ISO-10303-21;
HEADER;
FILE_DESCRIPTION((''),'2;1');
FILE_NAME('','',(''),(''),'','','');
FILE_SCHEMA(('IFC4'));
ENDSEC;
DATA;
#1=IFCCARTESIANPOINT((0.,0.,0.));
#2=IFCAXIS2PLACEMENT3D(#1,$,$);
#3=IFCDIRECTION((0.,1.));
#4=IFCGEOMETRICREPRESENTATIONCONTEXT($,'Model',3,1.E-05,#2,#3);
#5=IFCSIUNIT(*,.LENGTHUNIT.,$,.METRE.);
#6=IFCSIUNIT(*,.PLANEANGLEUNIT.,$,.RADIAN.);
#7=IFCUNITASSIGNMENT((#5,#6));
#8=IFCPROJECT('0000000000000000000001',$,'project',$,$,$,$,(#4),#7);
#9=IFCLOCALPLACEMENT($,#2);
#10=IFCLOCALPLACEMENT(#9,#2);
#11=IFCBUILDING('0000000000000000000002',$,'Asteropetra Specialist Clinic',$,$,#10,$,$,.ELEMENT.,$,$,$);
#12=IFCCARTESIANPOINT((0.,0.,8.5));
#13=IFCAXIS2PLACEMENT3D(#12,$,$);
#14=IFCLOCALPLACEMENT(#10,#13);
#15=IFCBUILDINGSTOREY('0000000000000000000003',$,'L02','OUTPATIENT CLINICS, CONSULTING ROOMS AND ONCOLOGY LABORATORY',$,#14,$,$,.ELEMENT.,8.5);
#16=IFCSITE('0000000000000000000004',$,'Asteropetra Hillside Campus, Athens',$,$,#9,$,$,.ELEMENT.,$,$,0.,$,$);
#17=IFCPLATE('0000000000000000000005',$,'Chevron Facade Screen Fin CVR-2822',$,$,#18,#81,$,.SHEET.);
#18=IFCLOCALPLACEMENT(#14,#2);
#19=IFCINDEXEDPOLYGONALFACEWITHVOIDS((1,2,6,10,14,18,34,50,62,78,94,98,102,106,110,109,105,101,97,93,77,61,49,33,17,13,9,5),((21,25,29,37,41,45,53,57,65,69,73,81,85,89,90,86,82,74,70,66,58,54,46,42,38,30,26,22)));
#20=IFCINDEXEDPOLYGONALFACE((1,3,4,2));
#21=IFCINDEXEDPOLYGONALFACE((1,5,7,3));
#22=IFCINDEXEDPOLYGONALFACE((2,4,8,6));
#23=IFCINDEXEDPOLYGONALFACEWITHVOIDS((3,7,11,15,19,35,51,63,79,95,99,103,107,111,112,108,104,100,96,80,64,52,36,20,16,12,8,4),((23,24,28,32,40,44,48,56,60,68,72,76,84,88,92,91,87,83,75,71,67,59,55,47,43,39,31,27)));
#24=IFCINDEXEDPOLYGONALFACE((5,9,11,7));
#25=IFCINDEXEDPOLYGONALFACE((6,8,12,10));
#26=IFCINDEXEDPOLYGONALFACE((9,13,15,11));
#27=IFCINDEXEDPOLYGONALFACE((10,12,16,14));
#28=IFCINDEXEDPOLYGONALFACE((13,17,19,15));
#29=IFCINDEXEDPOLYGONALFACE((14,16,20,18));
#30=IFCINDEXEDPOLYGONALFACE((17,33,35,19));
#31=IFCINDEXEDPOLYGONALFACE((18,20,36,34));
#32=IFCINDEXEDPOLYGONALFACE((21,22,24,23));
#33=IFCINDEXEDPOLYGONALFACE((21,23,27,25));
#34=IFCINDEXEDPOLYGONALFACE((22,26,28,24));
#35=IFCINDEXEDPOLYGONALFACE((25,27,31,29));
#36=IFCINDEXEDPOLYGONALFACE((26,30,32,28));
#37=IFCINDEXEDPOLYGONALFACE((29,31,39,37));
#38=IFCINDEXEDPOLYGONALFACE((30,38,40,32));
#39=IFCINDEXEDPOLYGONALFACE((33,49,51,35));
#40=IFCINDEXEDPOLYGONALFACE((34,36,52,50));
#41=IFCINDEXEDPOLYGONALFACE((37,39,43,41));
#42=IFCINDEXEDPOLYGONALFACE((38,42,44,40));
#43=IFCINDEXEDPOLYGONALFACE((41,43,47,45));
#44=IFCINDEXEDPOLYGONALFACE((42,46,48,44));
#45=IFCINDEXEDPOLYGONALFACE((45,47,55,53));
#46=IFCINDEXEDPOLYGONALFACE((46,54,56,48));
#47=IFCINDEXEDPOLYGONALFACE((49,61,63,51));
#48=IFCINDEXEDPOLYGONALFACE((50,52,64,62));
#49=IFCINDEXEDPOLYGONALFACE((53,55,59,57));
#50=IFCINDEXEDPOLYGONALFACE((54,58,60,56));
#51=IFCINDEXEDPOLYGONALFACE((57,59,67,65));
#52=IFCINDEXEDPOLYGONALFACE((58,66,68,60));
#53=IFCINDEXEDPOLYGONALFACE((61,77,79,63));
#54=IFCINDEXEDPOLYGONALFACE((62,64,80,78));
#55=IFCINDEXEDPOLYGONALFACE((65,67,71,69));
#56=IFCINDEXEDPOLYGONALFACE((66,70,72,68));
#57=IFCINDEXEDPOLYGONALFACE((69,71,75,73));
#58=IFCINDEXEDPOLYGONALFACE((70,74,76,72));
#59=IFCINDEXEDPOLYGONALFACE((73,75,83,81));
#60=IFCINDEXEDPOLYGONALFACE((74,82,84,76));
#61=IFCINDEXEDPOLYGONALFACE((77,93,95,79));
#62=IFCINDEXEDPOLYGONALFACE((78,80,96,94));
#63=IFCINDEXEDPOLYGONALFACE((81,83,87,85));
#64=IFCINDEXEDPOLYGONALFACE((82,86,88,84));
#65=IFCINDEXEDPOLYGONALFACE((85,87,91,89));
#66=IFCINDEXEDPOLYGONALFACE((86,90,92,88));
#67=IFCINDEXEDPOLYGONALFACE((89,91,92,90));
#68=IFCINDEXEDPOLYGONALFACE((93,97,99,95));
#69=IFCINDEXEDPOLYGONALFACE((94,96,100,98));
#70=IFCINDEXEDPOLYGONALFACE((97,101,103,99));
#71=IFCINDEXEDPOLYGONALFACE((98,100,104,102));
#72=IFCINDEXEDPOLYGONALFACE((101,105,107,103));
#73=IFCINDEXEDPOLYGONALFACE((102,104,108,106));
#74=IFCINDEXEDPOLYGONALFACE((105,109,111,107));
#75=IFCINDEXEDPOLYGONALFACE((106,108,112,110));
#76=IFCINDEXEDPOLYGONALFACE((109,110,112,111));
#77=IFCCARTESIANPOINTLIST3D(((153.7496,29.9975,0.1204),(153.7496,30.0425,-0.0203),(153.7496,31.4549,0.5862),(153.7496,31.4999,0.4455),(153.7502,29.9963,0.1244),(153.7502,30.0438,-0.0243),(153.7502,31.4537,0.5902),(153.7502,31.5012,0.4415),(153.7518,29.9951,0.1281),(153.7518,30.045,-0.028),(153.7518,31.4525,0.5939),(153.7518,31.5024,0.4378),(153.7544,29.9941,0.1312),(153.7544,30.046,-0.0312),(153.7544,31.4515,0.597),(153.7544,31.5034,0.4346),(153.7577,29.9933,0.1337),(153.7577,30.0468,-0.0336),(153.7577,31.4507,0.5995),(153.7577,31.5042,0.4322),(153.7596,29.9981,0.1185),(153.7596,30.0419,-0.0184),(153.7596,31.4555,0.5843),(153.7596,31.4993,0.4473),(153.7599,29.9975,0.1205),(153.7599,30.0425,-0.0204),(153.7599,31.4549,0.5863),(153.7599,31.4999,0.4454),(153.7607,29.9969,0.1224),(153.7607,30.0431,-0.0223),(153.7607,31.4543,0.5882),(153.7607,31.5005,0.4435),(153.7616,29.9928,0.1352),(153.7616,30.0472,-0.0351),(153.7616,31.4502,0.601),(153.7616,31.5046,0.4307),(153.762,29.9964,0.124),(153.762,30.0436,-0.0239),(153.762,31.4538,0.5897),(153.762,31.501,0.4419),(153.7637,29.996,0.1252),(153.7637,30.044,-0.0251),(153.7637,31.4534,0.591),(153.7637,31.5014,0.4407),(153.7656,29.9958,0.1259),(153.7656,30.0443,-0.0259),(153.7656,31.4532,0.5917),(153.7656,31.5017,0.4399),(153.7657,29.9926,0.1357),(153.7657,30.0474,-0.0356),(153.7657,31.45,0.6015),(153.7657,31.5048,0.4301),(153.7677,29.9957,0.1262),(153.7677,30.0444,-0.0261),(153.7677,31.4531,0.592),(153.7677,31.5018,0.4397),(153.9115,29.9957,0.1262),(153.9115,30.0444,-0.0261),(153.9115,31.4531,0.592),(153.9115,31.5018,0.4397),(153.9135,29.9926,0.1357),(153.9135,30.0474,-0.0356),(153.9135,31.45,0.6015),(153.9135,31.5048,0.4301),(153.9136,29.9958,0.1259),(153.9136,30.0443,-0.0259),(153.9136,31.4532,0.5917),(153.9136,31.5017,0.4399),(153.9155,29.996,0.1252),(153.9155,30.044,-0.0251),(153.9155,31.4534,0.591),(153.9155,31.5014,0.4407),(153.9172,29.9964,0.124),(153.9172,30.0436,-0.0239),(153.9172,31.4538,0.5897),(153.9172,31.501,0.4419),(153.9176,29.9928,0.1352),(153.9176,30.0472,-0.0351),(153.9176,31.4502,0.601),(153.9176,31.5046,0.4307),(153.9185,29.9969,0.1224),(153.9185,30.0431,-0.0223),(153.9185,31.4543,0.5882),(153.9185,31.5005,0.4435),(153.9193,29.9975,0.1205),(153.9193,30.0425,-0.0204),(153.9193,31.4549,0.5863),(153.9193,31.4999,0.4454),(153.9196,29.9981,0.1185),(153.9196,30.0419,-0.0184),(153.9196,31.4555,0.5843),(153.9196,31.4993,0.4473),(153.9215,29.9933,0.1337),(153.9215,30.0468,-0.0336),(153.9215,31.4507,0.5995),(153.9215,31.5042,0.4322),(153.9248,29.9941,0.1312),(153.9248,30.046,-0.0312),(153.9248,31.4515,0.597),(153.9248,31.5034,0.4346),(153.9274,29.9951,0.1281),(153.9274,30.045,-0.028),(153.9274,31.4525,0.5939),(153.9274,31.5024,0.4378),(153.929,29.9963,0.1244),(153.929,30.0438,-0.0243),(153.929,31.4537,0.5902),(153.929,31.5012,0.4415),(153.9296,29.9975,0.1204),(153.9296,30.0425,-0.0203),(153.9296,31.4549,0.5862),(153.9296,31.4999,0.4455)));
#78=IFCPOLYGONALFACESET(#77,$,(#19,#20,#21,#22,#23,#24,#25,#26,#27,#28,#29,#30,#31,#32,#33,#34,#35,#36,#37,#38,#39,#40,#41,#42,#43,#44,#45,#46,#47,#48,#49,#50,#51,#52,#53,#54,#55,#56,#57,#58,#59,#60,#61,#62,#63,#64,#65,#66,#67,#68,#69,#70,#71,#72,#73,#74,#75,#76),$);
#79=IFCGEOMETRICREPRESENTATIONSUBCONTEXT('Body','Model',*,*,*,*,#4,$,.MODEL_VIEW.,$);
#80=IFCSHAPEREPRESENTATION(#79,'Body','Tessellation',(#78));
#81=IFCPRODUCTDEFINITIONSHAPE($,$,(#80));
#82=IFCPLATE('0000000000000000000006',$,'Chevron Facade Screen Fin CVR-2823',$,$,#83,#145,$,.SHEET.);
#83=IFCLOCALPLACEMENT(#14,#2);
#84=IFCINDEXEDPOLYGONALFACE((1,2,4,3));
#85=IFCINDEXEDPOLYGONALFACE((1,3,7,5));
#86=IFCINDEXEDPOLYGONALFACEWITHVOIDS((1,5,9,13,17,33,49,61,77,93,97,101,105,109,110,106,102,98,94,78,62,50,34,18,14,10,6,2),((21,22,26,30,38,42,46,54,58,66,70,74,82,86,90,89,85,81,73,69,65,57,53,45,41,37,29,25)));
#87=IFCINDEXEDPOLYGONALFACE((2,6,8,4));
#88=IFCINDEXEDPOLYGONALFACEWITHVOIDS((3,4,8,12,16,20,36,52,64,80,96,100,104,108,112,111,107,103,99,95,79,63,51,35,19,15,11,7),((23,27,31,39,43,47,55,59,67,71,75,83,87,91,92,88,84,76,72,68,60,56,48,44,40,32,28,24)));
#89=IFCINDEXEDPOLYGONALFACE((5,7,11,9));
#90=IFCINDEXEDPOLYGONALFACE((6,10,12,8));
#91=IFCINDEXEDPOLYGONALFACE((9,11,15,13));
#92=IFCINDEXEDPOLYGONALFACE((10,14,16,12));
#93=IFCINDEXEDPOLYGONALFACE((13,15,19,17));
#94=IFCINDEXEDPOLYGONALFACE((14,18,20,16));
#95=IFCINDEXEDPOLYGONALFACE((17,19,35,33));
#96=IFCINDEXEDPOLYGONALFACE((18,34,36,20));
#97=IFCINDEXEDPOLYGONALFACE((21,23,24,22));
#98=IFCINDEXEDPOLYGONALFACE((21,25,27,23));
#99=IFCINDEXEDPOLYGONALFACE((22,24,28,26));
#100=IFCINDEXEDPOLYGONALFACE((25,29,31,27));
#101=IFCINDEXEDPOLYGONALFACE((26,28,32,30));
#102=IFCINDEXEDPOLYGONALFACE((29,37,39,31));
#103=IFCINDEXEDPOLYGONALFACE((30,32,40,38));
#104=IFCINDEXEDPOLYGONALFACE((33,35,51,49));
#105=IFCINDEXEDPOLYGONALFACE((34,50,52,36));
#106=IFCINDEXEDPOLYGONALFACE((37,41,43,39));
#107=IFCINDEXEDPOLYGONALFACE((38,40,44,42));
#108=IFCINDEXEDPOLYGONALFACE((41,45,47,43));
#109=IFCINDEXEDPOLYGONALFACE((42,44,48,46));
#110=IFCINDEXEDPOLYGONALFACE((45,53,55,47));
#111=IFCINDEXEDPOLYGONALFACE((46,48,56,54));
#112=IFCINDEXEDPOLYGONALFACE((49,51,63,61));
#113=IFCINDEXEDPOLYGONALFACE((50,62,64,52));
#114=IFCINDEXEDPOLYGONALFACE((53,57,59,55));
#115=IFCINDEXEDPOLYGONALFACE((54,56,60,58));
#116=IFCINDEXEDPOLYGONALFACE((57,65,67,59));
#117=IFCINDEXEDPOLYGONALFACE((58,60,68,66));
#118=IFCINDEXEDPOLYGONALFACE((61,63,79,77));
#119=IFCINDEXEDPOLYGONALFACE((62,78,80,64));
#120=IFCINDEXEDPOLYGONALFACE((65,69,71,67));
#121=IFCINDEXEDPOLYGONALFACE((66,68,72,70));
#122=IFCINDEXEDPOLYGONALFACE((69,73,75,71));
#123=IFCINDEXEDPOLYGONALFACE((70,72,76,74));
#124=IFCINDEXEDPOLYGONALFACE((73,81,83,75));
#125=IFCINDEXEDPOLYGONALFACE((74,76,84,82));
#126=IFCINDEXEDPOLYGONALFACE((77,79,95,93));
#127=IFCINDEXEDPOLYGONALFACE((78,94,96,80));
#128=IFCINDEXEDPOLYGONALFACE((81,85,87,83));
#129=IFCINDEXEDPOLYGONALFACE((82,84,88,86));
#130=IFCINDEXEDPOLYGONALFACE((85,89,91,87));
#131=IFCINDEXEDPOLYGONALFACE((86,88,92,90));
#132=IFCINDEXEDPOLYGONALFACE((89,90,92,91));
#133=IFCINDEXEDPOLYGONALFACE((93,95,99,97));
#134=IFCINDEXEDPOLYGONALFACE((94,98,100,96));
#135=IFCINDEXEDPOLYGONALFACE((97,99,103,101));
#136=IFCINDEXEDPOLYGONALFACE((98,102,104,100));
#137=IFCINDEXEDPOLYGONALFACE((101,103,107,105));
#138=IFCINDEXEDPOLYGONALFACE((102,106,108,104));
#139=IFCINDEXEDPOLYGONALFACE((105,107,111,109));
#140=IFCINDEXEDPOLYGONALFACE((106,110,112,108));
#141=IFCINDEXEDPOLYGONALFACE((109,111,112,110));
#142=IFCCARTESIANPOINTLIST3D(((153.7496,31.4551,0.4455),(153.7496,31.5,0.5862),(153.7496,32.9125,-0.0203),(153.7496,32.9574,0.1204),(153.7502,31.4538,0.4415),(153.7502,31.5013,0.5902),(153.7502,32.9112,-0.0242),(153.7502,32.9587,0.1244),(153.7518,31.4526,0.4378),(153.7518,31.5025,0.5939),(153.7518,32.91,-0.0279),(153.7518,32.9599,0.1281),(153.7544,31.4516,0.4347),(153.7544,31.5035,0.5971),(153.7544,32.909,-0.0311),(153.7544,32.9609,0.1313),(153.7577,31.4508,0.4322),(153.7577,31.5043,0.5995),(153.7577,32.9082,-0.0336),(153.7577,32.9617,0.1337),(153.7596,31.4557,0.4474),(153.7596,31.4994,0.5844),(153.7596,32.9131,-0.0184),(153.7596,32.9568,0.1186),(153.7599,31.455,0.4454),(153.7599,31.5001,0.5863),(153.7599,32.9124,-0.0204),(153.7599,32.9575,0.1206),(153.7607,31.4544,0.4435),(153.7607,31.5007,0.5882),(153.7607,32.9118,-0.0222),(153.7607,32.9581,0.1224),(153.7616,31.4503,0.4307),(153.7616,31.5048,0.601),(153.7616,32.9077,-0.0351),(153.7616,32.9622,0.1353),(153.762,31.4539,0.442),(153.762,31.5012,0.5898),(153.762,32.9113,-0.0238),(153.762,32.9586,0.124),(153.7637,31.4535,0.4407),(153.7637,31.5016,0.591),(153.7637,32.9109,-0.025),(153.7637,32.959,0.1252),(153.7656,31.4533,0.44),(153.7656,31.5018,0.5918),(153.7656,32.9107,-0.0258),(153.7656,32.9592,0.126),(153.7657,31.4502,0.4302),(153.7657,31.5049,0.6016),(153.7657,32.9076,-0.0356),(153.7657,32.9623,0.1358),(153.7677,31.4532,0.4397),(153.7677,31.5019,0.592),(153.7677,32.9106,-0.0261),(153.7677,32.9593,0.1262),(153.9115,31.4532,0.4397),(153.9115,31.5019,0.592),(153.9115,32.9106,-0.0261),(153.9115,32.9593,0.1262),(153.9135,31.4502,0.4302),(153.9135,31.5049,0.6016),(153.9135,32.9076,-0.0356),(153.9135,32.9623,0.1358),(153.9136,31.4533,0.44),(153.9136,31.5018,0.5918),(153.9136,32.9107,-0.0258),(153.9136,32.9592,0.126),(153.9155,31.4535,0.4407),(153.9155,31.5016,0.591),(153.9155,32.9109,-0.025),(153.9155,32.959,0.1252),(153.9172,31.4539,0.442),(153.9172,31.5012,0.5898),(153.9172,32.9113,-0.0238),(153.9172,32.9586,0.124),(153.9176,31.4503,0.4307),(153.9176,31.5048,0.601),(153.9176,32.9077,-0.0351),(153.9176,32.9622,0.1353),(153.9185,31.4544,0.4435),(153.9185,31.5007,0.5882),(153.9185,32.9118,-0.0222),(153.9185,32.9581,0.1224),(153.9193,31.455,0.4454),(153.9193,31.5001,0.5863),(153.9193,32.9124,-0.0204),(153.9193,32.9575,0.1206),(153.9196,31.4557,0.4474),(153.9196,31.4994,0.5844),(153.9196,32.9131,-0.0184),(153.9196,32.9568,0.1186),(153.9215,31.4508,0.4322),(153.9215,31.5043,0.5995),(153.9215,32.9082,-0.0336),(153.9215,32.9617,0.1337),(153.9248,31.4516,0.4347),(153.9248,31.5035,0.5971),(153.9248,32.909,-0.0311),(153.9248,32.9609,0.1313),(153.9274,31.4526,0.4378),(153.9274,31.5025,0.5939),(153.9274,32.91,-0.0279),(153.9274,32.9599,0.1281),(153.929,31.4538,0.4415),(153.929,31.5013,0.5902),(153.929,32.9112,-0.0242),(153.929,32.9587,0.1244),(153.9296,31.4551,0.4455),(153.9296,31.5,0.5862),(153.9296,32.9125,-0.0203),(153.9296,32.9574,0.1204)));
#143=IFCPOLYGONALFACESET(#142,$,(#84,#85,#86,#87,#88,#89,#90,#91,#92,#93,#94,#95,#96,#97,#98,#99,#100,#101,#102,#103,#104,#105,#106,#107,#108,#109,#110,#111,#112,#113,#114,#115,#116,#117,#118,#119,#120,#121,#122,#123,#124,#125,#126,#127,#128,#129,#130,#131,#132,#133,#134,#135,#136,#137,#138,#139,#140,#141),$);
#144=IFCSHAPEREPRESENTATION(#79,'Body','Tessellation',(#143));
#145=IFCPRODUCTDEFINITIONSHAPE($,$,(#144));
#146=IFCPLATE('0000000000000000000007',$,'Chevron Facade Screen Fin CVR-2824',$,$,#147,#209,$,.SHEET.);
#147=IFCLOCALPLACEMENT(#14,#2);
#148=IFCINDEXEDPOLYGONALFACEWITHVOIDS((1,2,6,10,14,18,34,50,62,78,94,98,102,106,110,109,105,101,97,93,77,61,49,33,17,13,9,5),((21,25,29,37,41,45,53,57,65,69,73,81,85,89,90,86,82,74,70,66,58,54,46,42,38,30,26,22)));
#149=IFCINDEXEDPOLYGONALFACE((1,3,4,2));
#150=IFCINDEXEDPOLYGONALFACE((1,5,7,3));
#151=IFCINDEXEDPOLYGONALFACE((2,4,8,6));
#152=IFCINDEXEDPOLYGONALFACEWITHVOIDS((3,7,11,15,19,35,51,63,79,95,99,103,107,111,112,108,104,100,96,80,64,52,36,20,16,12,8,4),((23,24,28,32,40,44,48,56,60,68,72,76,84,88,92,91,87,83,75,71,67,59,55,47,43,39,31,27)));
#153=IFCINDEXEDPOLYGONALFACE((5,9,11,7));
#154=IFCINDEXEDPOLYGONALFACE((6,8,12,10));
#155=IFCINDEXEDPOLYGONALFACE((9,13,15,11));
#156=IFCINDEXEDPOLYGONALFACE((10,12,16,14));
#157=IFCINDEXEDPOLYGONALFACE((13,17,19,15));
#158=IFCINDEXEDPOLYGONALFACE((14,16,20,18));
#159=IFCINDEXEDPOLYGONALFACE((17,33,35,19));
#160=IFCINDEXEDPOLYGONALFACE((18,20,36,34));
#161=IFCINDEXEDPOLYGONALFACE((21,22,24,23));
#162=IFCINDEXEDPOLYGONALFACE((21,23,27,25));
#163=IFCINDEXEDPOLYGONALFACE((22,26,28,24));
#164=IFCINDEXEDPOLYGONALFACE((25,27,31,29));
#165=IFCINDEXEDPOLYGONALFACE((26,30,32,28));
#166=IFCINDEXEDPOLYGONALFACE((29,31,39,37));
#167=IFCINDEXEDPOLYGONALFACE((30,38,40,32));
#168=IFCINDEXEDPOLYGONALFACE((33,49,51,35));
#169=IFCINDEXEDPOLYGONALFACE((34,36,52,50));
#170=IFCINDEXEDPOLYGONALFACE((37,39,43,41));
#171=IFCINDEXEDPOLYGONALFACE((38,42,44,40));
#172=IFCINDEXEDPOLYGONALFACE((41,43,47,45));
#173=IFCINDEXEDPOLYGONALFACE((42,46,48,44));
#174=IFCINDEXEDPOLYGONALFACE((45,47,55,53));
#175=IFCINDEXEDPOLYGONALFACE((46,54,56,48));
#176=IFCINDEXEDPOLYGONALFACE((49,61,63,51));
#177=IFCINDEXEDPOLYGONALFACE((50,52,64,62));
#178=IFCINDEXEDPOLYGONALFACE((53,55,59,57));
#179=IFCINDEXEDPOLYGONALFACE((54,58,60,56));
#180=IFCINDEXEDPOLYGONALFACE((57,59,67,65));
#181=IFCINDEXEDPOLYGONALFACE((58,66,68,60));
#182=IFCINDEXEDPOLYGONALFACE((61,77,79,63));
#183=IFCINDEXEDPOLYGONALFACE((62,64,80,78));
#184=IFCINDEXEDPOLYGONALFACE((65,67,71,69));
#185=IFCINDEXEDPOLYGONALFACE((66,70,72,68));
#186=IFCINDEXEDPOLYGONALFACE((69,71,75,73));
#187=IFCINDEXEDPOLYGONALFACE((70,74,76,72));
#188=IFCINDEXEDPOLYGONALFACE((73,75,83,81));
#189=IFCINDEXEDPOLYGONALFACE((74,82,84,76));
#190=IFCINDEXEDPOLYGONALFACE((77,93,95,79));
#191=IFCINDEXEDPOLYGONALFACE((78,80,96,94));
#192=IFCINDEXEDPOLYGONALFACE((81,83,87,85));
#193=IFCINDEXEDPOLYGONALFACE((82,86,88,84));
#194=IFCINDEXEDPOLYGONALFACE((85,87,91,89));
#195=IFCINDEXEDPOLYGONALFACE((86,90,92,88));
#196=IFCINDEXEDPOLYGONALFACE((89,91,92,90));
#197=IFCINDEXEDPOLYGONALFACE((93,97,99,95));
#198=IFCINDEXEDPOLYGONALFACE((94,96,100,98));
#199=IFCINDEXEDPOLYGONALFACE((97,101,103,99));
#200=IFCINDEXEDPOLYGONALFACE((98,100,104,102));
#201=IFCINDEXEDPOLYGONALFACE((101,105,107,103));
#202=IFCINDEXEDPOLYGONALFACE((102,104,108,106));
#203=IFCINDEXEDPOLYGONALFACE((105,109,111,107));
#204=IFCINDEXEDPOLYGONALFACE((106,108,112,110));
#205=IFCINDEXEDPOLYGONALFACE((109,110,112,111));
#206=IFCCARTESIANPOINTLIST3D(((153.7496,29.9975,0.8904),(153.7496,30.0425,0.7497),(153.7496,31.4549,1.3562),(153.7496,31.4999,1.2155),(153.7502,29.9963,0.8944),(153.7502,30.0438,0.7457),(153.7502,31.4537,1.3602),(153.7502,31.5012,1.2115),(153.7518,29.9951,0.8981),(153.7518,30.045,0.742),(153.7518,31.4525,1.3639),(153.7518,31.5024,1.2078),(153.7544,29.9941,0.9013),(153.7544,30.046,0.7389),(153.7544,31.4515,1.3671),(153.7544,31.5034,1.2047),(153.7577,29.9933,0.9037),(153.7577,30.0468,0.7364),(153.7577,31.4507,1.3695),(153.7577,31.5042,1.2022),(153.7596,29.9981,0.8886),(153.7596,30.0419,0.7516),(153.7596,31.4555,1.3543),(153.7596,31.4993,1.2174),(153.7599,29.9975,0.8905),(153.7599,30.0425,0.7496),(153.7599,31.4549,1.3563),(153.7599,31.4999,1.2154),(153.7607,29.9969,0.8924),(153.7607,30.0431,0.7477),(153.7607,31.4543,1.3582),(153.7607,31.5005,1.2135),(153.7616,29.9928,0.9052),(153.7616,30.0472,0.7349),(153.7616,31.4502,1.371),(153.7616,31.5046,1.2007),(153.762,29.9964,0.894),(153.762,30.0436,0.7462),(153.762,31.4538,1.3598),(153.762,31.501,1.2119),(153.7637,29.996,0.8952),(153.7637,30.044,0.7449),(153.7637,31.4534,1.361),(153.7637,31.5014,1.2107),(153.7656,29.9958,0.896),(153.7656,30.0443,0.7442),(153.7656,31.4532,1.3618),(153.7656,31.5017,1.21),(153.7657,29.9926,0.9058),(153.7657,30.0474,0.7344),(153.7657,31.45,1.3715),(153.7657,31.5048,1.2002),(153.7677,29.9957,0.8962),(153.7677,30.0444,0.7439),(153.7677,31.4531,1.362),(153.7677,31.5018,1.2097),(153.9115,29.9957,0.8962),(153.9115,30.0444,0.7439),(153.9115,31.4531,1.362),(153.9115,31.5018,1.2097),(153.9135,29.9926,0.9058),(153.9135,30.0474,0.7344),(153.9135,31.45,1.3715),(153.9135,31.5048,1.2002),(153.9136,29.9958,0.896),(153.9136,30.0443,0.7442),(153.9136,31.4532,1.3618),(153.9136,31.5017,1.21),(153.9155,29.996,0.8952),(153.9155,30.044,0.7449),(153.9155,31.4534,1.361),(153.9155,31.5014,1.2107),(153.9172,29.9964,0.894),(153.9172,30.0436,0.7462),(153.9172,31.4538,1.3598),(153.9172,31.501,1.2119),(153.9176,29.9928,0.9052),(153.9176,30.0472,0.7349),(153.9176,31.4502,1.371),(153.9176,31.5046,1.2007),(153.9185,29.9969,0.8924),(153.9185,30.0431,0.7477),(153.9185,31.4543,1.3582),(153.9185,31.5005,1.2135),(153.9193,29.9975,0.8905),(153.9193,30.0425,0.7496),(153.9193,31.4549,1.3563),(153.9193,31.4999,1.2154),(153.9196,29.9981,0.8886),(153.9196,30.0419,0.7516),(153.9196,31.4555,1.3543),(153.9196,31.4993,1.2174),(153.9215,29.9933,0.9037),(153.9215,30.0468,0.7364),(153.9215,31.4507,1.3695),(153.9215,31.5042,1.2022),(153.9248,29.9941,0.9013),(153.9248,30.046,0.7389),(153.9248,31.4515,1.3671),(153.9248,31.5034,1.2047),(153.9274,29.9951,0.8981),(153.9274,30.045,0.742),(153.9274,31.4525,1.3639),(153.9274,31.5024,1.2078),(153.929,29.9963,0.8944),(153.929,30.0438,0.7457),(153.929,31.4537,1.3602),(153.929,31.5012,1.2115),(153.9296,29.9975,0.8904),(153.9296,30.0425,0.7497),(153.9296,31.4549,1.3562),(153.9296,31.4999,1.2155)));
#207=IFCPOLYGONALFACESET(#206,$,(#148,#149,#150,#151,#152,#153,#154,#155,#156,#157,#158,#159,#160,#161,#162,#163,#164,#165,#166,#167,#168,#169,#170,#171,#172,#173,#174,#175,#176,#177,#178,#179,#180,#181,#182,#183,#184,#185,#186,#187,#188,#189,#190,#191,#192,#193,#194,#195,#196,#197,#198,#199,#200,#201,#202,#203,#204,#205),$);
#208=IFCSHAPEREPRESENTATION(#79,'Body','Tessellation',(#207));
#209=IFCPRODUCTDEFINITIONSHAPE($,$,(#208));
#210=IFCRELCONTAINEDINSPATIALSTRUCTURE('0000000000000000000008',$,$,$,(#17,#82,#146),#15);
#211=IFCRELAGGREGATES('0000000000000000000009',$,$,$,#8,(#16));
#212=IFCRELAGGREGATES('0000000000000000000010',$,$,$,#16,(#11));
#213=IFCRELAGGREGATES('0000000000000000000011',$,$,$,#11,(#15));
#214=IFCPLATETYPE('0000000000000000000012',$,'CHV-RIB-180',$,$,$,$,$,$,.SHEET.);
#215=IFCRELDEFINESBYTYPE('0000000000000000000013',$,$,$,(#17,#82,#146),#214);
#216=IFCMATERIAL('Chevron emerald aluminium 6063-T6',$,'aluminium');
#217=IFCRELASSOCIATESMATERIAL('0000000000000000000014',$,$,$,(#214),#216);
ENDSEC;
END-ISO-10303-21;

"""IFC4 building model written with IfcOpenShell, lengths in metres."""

from ifc_helpers import new_model, si_unit, direction, frame, origin, origin_2d, place, context, subcontext, project, spatial, hollow_rectangle, extrude, material, material_profile, profile_set, type_object, element, save


model = new_model("IFC4")

# Units and contexts
model_context = context("Model", 3, precision=1e-05, world=origin(), true_north=direction((0.0, 1.0)))
body_context = subcontext(model_context, "Body", "Model", "MODEL_VIEW")
ifc_project = project(units=[si_unit("LENGTHUNIT", "METRE"), si_unit("PLANEANGLEUNIT", "RADIAN")], contexts=[model_context])

# Site, building, storey
site_placement = place(None, origin())
site = spatial("IfcSite", under=ifc_project, at=site_placement, Name="Asteropetra Hillside Campus, Athens", CompositionType="ELEMENT", RefElevation=0.0)
building_placement = place(site_placement, origin())
building = spatial("IfcBuilding", under=site, at=building_placement, Name="Asteropetra Specialist Clinic", CompositionType="ELEMENT")
storey_placement = place(building_placement, frame((0.0, 0.0, 8.5)))
storey = spatial("IfcBuildingStorey", under=building, at=storey_placement, Name="L02", Description="OUTPATIENT CLINICS, CONSULTING ROOMS AND ONCOLOGY LABORATORY", CompositionType="ELEMENT", Elevation=8.5)

# Plates
ifc_material_1 = material(Name="Chevron emerald aluminium 6063-T6", Category="aluminium")
ifc_material_profile_1 = material_profile(ifc_material_1, hollow_rectangle(XDim=0.1799, YDim=0.1799, WallThickness=0.01, InnerFilletRadius=0.0081, OuterFilletRadius=0.0161, at=origin_2d()), Name="SHS 180x180x10.0")
ifc_profile_set_1 = profile_set([ifc_material_profile_1], Name="Chevron emerald aluminium 6063-T6")
plate_type = type_object("IfcPlateType", Name="CHV-RIB-180", PredefinedType="SHEET", material=ifc_profile_set_1)
for number, where, z_axis, x_axis, name in (
    (1, (153.8396, 30.02, 0.05), (0.0, 0.952535, 0.304428), (-1.0, 0.0, 0.0), "Chevron Facade Screen Fin CVR-2822"),
    (2, (153.8396, 31.4775, 0.5159), (0.0, 0.952535, -0.304428), (-1.0, 0.0, 0.0), "Chevron Facade Screen Fin CVR-2823"),
    (3, (153.8396, 30.02, 0.8201), (0.0, 0.952535, 0.304428), (-1.0, 0.0, 0.0), "Chevron Facade Screen Fin CVR-2824"),
):
    element("IfcPlate", number, at=place(storey_placement, frame(where, z_axis=z_axis, x_axis=x_axis)), inside=storey, type_object=plate_type, Name=name, PredefinedType="SHEET", context=body_context, shape_type="SweptSolid", body=[
        extrude(hollow_rectangle(XDim=0.1799, YDim=0.1799, WallThickness=0.01, InnerFilletRadius=0.0081, OuterFilletRadius=0.0161, at=origin_2d()), origin(), (0.0, 0.0, 1.0), 1.53),
    ])

save(model, "model.ifc")
